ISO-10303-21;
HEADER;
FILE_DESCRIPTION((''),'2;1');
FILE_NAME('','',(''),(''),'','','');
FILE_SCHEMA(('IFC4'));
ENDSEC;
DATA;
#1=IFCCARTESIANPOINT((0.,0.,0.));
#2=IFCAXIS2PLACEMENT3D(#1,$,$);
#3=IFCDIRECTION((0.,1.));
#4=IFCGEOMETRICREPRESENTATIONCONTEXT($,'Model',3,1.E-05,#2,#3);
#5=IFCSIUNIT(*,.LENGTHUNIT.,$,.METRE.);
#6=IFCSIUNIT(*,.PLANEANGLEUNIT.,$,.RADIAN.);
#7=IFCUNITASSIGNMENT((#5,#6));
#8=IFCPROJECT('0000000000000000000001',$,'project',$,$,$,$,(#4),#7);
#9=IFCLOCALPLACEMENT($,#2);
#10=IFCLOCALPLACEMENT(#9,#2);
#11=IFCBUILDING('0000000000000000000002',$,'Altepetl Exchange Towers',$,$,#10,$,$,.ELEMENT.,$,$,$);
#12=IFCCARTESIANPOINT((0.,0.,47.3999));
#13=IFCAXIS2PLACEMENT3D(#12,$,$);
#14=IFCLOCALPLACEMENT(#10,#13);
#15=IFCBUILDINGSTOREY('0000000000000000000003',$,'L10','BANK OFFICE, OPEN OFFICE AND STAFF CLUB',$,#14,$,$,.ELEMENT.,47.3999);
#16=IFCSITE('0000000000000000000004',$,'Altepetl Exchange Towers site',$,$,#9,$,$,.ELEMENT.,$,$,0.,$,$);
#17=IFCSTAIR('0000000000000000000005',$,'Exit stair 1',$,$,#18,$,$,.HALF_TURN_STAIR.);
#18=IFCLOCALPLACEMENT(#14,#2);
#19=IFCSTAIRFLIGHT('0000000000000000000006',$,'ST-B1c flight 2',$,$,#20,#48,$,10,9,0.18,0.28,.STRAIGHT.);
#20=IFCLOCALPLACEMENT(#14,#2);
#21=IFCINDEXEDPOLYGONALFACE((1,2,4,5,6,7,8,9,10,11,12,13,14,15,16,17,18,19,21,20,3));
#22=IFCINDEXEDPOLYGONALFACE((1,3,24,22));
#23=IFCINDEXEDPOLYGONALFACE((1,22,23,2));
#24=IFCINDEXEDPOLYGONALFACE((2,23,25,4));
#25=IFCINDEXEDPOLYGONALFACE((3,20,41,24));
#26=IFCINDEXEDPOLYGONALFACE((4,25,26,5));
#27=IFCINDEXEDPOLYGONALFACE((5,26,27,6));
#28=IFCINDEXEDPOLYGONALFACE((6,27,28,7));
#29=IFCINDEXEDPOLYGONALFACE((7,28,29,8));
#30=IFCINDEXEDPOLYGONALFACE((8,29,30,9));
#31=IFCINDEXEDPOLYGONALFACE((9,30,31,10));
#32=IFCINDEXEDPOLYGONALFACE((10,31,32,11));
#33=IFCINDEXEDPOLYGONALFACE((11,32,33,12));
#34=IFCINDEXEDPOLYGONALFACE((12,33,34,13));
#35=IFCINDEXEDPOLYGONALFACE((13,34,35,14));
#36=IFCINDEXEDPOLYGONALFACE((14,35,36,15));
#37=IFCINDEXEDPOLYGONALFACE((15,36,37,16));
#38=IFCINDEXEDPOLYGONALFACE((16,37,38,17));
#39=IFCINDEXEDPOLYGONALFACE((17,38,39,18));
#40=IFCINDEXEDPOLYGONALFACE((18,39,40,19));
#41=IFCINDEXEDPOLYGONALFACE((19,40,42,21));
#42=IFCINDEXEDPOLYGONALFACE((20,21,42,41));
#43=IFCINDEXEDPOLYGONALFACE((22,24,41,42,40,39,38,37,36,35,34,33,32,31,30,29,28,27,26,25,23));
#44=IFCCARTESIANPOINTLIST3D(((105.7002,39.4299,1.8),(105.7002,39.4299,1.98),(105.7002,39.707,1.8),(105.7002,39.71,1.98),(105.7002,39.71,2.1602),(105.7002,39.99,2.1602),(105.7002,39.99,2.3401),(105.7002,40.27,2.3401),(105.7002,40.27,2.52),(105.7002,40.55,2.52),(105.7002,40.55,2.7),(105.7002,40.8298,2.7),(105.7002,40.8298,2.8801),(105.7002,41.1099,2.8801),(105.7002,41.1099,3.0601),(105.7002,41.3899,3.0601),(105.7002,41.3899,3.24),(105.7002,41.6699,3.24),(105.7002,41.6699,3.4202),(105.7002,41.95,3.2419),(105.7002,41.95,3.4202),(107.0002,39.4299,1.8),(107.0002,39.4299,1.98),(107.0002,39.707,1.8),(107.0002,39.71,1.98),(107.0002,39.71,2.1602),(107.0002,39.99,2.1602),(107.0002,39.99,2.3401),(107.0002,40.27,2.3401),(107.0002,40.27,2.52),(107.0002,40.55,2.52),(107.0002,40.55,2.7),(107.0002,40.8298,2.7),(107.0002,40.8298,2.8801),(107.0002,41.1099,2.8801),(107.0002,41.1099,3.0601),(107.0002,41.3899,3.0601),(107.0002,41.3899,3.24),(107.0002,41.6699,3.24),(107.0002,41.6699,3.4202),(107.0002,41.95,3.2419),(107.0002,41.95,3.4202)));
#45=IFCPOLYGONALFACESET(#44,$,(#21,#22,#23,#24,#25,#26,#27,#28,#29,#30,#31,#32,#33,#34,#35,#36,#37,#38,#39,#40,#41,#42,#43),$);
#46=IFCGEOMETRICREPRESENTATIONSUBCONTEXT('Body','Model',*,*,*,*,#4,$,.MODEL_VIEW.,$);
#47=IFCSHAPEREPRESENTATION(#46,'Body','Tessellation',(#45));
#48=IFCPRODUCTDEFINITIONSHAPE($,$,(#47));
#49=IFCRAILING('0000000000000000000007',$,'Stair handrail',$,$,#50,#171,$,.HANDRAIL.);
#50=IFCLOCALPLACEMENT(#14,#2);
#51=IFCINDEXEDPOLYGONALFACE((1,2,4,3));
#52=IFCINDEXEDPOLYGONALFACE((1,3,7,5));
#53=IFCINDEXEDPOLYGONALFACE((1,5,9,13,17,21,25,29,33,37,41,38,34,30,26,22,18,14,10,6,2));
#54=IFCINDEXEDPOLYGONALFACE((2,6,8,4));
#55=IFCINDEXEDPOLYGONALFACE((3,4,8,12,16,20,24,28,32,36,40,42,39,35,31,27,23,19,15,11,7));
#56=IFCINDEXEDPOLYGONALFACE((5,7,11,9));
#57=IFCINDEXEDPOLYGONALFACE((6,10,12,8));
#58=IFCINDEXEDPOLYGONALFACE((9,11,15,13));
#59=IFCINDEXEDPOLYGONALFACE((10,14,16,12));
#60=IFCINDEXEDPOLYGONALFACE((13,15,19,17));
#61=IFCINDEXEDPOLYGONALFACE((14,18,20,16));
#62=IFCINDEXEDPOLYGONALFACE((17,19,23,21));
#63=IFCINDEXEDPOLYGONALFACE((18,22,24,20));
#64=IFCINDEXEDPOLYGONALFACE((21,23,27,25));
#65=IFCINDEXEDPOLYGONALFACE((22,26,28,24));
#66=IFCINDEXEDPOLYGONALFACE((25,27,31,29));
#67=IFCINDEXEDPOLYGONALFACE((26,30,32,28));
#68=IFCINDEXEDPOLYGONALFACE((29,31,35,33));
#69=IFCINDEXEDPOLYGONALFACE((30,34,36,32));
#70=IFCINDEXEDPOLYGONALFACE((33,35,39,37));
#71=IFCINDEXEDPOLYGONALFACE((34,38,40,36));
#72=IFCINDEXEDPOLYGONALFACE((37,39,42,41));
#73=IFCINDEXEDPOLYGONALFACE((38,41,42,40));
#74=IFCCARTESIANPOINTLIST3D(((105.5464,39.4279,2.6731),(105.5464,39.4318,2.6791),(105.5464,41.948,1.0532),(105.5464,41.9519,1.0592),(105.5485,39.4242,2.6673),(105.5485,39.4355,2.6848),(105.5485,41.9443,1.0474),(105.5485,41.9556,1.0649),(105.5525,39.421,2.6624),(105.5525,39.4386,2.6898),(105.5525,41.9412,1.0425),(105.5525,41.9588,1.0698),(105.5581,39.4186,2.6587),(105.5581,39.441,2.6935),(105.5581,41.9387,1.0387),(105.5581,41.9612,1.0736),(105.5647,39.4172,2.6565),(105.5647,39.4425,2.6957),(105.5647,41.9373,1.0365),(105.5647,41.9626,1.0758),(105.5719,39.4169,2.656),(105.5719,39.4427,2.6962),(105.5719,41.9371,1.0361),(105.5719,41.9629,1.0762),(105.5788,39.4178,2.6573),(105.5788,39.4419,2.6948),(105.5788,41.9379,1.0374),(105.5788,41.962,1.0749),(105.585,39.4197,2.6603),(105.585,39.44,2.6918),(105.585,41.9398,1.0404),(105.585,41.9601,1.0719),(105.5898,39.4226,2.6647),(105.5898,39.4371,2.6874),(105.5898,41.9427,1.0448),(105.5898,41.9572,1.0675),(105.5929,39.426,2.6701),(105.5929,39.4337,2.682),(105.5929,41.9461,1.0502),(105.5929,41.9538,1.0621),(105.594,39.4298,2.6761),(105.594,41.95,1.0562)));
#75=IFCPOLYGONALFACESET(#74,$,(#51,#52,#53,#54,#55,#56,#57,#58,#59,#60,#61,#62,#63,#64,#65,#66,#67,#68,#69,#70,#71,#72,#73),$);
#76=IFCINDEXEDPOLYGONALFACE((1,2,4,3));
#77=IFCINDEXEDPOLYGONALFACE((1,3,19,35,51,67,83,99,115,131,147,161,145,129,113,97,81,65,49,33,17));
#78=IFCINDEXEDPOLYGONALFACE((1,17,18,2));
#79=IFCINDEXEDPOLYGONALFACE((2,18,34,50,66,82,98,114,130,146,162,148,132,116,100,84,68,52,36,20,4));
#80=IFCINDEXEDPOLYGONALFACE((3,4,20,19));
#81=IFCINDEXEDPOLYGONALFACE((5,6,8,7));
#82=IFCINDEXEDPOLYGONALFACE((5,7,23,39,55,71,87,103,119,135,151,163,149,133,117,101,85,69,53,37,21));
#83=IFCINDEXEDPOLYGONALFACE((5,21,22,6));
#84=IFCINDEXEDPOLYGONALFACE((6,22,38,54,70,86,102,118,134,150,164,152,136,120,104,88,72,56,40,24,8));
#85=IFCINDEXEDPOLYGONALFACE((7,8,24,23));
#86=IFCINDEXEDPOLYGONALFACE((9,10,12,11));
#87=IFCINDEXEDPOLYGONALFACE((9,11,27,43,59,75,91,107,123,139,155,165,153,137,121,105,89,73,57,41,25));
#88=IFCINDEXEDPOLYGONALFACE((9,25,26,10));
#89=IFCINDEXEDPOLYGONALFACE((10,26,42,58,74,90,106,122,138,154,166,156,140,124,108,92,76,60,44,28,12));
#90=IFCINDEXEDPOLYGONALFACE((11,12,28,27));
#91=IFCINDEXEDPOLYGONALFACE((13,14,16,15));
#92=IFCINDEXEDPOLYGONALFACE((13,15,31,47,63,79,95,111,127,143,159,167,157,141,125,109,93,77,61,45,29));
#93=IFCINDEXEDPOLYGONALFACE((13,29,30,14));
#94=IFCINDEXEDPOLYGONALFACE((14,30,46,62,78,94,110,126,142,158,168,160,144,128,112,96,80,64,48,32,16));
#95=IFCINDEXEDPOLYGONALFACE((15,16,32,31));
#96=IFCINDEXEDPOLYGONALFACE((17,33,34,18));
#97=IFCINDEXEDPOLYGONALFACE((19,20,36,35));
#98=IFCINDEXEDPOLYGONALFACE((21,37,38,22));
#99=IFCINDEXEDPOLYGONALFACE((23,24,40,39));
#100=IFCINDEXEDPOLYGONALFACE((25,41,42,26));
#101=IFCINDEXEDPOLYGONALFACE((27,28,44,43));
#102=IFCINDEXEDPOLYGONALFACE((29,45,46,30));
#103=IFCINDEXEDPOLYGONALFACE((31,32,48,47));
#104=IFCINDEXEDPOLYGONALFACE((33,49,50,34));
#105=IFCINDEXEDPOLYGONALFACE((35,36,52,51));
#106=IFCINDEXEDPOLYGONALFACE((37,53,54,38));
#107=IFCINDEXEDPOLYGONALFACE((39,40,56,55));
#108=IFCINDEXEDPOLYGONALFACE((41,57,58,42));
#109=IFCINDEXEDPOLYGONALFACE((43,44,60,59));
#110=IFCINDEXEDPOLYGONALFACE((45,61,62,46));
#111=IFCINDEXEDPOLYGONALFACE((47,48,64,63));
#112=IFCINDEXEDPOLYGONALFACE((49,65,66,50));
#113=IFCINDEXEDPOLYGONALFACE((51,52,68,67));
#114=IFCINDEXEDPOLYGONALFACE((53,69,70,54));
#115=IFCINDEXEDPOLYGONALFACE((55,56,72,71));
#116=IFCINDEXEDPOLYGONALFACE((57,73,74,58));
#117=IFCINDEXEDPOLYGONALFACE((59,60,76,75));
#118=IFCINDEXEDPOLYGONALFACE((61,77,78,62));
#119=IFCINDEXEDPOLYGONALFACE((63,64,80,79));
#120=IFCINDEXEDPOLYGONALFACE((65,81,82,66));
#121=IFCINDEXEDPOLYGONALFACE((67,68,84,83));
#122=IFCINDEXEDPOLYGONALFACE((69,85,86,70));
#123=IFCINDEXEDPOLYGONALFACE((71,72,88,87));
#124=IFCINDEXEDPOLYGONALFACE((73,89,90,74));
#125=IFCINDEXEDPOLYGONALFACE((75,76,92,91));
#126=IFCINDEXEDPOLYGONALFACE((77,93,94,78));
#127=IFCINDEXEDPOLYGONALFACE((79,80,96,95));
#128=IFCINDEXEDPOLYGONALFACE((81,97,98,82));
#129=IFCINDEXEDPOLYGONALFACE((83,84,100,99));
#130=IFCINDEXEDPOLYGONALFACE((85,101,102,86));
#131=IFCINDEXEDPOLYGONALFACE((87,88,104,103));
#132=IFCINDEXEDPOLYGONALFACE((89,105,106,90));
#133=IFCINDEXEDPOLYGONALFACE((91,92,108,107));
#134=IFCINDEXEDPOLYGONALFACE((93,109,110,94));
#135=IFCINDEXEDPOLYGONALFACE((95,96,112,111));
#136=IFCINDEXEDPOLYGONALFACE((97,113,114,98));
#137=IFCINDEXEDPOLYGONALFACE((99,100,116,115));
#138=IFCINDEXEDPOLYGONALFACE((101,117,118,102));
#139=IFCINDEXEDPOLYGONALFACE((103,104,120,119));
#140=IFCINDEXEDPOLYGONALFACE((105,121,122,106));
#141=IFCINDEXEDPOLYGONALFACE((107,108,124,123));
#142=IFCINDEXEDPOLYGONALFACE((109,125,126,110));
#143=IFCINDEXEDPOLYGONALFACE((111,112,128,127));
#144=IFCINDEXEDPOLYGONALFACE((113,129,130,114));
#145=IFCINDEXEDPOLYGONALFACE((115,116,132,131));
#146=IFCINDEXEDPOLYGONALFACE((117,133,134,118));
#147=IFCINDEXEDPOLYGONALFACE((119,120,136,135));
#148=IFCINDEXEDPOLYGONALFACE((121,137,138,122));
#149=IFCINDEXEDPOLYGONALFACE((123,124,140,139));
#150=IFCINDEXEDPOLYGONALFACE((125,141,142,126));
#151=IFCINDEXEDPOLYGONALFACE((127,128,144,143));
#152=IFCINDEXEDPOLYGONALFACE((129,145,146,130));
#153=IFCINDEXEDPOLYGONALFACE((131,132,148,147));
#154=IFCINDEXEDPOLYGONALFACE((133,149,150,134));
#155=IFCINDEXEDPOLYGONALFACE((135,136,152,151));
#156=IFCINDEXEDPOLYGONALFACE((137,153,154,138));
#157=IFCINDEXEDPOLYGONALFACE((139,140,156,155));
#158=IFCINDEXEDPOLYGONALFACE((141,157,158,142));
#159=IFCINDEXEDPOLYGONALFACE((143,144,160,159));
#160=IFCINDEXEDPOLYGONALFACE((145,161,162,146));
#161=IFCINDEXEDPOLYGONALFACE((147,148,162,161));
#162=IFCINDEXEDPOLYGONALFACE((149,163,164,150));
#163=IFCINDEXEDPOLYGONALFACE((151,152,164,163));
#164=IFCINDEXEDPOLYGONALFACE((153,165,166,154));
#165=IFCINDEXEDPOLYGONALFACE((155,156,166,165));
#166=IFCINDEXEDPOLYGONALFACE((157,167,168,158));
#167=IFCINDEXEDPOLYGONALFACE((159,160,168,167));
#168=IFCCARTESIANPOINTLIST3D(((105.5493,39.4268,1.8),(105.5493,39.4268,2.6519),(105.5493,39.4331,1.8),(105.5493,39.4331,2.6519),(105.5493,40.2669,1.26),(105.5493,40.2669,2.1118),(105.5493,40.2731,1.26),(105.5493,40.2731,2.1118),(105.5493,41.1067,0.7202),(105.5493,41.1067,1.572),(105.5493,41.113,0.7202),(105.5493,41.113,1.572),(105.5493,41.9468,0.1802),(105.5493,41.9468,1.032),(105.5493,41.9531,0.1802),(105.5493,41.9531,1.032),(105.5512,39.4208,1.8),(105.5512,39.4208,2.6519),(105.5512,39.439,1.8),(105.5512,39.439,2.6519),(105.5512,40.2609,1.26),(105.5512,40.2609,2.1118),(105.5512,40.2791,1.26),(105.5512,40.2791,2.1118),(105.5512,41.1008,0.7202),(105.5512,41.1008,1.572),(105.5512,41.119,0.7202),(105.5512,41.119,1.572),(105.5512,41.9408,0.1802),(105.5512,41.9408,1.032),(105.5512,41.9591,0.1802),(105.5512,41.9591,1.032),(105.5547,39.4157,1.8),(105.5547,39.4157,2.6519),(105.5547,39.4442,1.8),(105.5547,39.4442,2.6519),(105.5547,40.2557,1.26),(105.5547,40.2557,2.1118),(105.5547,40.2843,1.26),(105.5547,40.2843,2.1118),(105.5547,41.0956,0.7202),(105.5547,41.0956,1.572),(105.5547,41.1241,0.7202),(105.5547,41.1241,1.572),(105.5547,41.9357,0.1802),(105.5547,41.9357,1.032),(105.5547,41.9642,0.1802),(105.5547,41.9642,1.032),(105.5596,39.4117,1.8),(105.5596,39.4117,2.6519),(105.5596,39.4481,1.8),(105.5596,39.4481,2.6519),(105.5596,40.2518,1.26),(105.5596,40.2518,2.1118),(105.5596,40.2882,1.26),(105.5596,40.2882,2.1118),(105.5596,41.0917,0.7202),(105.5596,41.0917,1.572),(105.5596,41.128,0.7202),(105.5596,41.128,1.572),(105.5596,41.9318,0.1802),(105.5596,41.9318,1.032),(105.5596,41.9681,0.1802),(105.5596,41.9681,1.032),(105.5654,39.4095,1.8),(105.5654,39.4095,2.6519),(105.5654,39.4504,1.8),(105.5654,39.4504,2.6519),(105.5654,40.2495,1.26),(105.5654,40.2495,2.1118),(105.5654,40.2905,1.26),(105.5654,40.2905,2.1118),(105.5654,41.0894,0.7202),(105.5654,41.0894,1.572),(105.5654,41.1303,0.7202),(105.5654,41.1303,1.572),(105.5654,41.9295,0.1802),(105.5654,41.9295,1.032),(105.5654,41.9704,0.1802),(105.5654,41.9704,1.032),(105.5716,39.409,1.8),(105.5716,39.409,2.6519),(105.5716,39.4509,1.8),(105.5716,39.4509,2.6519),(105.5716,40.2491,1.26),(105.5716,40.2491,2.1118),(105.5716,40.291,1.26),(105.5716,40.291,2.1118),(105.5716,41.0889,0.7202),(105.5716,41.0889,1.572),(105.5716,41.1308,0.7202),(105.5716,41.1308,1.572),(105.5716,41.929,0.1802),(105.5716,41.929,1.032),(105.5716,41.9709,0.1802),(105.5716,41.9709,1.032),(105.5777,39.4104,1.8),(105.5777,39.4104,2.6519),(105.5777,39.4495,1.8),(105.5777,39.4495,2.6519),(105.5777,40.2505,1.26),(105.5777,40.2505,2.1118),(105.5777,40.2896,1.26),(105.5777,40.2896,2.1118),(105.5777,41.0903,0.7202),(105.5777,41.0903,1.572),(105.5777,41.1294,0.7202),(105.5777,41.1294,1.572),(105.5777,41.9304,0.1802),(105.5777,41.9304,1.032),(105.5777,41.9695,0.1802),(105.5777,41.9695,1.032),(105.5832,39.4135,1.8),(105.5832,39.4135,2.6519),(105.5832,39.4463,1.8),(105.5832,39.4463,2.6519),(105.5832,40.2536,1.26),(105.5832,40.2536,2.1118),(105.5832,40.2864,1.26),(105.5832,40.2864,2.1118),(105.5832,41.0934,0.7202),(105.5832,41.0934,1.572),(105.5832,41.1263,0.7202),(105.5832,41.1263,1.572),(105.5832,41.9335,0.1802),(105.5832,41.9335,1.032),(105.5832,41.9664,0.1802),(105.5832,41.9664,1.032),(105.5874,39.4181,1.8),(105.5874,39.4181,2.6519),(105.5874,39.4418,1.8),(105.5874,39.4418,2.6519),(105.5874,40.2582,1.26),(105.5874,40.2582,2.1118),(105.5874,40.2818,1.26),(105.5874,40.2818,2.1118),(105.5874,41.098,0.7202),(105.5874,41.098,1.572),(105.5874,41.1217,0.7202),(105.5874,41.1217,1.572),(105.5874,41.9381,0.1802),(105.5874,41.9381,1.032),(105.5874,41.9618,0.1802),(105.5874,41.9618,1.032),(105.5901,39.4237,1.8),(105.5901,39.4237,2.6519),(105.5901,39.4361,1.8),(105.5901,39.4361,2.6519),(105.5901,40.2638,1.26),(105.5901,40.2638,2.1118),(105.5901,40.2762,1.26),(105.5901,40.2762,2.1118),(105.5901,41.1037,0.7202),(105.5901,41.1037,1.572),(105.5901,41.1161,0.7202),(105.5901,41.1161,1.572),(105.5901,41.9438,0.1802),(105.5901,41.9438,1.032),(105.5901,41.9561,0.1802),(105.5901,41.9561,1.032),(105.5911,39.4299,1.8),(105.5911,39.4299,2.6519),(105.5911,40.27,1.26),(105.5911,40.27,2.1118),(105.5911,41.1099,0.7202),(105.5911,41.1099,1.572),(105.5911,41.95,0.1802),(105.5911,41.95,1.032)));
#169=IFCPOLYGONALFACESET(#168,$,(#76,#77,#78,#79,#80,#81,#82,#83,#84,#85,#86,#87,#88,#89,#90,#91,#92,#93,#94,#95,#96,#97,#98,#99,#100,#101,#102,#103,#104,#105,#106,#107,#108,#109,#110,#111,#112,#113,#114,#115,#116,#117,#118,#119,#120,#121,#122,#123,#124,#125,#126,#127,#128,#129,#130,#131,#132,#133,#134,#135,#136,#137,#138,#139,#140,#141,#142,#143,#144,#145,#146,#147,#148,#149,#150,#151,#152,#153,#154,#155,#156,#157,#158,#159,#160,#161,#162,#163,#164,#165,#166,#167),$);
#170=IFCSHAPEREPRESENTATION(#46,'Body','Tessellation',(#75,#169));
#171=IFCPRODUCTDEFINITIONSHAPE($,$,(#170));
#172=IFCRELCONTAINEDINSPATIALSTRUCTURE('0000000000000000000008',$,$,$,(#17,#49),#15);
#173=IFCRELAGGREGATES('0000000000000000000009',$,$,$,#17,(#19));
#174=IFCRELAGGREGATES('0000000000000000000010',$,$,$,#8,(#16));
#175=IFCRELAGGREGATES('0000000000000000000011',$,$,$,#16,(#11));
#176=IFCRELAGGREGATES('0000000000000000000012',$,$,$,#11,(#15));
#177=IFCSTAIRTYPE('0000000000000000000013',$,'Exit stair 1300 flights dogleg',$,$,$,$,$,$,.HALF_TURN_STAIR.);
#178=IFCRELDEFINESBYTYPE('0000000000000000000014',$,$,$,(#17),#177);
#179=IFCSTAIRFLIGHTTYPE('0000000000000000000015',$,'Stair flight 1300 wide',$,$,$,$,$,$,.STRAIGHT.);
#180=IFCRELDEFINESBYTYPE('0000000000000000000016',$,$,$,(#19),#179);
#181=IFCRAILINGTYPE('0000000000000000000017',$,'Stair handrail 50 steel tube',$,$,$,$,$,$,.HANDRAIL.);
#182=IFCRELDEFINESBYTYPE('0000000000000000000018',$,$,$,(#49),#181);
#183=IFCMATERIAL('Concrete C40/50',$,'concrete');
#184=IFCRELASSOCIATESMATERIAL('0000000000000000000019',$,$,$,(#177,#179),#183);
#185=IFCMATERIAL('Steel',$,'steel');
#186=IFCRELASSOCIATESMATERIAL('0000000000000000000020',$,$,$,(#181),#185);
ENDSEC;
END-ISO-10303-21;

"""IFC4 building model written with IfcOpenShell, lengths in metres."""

from ifc_helpers import new_model, si_unit, direction, frame, origin, origin_2d, place, context, subcontext, project, spatial, polyline, circle, outline, extrude, source, transform, mapped, material, type_object, element, aggregate, save


model = new_model("IFC4")

# Units and contexts
model_context = context("Model", 3, precision=1e-05, world=origin(), true_north=direction((0.0, 1.0)))
body_context = subcontext(model_context, "Body", "Model", "MODEL_VIEW")
ifc_project = project(units=[si_unit("LENGTHUNIT", "METRE"), si_unit("PLANEANGLEUNIT", "RADIAN")], contexts=[model_context])

# Site, building, storey
site_placement = place(None, origin())
site = spatial("IfcSite", under=ifc_project, at=site_placement, Name="Altepetl Exchange Towers site", CompositionType="ELEMENT", RefElevation=0.0)
building_placement = place(site_placement, origin())
building = spatial("IfcBuilding", under=site, at=building_placement, Name="Altepetl Exchange Towers", CompositionType="ELEMENT")
storey_placement = place(building_placement, frame((0.0, 0.0, 47.3999)))
storey = spatial("IfcBuildingStorey", under=building, at=storey_placement, Name="L10", Description="BANK OFFICE, OPEN OFFICE AND STAFF CLUB", CompositionType="ELEMENT", Elevation=47.3999)

# Shared definitions
ifc_material_1 = material(Name="Concrete C40/50", Category="concrete")

# Stair, stair flight
stair_type = type_object("IfcStairType", Name="Exit stair 1300 flights dogleg", PredefinedType="HALF_TURN_STAIR", material=ifc_material_1)
stair_placement = place(storey_placement, origin())
stair = element("IfcStair", 1, at=stair_placement, inside=storey, type_object=stair_type, Name="Exit stair 1", PredefinedType="HALF_TURN_STAIR")
stair_flight_type = type_object("IfcStairFlightType", Name="Stair flight 1300 wide", PredefinedType="STRAIGHT", material=ifc_material_1)
stair_flight_1_placement = place(storey_placement, frame((106.3501, 39.4299, 1.8), z_axis=(0.0, 0.0, 1.0), x_axis=(0.0, 1.0, 0.0)))
stair_flight_1 = element("IfcStairFlight", 2, at=stair_flight_1_placement, type_object=stair_flight_type, Name="ST-B1c flight 2", NumberOfRisers=10, NumberOfTreads=9, PredefinedType="STRAIGHT", RiserHeight=0.18, TreadLength=0.28, context=body_context, shape_type="SweptSolid", body=[
    extrude(outline(polyline([(0.0, 0.0), (0.0, 0.1799), (0.28, 0.1799), (0.28, 0.3601), (0.5601, 0.3601), (0.5601, 0.54), (0.8401, 0.54), (0.8401, 0.72), (1.1201, 0.72), (1.1201, 0.8999), (1.3999, 0.8999), (1.3999, 1.0801), (1.6799, 1.0801), (1.6799, 1.26), (1.96, 1.26), (1.96, 1.4399), (2.24, 1.4399), (2.24, 1.6201), (2.52, 1.6201), (2.52, 1.8), (2.52, 1.4419), (0.2771, 0.0), (0.0, 0.0)])), frame((0.0, 0.6499, 0.0), z_axis=(0.0, -1.0, 0.0), x_axis=(1.0, 0.0, 0.0)), (0.0, 0.0, 1.0), 1.3),
])
aggregate(stair, [stair_flight_1])

# Railing
ifc_material_2 = material(Name="Steel", Category="steel")
railing_type = type_object("IfcRailingType", Name="Stair handrail 50 steel tube", PredefinedType="HANDRAIL", material=ifc_material_2)
shared_shape = source(origin(), body_context, "Body", "SweptSolid", [
    extrude(circle(Radius=0.021, at=origin_2d()), origin(), (0.0, 0.0, 1.0), 0.8518),
])
railing_1_placement = place(storey_placement, frame((105.5701, 41.95, 0.1802)))
element("IfcRailing", 3, at=railing_1_placement, inside=storey, type_object=railing_type, Name="Stair handrail", PredefinedType="HANDRAIL", context=body_context, shape_type="SweptSolid", body=[
    extrude(circle(Radius=0.0239, at=origin_2d()), frame((0.0, 0.0, 0.876), z_axis=(0.0, -0.8412, 0.540725), x_axis=(1.0, 0.0, 0.0)), (0.0, 0.0, 1.0), 2.9958),
    mapped(shared_shape, transform((0.0, 0.0, 0.0))),
    mapped(shared_shape, transform((0.0, -0.8401, 0.54))),
    mapped(shared_shape, transform((0.0, -1.6799, 1.0798))),
    mapped(shared_shape, transform((0.0, -2.52, 1.6199))),
])

save(model, "model.ifc")
